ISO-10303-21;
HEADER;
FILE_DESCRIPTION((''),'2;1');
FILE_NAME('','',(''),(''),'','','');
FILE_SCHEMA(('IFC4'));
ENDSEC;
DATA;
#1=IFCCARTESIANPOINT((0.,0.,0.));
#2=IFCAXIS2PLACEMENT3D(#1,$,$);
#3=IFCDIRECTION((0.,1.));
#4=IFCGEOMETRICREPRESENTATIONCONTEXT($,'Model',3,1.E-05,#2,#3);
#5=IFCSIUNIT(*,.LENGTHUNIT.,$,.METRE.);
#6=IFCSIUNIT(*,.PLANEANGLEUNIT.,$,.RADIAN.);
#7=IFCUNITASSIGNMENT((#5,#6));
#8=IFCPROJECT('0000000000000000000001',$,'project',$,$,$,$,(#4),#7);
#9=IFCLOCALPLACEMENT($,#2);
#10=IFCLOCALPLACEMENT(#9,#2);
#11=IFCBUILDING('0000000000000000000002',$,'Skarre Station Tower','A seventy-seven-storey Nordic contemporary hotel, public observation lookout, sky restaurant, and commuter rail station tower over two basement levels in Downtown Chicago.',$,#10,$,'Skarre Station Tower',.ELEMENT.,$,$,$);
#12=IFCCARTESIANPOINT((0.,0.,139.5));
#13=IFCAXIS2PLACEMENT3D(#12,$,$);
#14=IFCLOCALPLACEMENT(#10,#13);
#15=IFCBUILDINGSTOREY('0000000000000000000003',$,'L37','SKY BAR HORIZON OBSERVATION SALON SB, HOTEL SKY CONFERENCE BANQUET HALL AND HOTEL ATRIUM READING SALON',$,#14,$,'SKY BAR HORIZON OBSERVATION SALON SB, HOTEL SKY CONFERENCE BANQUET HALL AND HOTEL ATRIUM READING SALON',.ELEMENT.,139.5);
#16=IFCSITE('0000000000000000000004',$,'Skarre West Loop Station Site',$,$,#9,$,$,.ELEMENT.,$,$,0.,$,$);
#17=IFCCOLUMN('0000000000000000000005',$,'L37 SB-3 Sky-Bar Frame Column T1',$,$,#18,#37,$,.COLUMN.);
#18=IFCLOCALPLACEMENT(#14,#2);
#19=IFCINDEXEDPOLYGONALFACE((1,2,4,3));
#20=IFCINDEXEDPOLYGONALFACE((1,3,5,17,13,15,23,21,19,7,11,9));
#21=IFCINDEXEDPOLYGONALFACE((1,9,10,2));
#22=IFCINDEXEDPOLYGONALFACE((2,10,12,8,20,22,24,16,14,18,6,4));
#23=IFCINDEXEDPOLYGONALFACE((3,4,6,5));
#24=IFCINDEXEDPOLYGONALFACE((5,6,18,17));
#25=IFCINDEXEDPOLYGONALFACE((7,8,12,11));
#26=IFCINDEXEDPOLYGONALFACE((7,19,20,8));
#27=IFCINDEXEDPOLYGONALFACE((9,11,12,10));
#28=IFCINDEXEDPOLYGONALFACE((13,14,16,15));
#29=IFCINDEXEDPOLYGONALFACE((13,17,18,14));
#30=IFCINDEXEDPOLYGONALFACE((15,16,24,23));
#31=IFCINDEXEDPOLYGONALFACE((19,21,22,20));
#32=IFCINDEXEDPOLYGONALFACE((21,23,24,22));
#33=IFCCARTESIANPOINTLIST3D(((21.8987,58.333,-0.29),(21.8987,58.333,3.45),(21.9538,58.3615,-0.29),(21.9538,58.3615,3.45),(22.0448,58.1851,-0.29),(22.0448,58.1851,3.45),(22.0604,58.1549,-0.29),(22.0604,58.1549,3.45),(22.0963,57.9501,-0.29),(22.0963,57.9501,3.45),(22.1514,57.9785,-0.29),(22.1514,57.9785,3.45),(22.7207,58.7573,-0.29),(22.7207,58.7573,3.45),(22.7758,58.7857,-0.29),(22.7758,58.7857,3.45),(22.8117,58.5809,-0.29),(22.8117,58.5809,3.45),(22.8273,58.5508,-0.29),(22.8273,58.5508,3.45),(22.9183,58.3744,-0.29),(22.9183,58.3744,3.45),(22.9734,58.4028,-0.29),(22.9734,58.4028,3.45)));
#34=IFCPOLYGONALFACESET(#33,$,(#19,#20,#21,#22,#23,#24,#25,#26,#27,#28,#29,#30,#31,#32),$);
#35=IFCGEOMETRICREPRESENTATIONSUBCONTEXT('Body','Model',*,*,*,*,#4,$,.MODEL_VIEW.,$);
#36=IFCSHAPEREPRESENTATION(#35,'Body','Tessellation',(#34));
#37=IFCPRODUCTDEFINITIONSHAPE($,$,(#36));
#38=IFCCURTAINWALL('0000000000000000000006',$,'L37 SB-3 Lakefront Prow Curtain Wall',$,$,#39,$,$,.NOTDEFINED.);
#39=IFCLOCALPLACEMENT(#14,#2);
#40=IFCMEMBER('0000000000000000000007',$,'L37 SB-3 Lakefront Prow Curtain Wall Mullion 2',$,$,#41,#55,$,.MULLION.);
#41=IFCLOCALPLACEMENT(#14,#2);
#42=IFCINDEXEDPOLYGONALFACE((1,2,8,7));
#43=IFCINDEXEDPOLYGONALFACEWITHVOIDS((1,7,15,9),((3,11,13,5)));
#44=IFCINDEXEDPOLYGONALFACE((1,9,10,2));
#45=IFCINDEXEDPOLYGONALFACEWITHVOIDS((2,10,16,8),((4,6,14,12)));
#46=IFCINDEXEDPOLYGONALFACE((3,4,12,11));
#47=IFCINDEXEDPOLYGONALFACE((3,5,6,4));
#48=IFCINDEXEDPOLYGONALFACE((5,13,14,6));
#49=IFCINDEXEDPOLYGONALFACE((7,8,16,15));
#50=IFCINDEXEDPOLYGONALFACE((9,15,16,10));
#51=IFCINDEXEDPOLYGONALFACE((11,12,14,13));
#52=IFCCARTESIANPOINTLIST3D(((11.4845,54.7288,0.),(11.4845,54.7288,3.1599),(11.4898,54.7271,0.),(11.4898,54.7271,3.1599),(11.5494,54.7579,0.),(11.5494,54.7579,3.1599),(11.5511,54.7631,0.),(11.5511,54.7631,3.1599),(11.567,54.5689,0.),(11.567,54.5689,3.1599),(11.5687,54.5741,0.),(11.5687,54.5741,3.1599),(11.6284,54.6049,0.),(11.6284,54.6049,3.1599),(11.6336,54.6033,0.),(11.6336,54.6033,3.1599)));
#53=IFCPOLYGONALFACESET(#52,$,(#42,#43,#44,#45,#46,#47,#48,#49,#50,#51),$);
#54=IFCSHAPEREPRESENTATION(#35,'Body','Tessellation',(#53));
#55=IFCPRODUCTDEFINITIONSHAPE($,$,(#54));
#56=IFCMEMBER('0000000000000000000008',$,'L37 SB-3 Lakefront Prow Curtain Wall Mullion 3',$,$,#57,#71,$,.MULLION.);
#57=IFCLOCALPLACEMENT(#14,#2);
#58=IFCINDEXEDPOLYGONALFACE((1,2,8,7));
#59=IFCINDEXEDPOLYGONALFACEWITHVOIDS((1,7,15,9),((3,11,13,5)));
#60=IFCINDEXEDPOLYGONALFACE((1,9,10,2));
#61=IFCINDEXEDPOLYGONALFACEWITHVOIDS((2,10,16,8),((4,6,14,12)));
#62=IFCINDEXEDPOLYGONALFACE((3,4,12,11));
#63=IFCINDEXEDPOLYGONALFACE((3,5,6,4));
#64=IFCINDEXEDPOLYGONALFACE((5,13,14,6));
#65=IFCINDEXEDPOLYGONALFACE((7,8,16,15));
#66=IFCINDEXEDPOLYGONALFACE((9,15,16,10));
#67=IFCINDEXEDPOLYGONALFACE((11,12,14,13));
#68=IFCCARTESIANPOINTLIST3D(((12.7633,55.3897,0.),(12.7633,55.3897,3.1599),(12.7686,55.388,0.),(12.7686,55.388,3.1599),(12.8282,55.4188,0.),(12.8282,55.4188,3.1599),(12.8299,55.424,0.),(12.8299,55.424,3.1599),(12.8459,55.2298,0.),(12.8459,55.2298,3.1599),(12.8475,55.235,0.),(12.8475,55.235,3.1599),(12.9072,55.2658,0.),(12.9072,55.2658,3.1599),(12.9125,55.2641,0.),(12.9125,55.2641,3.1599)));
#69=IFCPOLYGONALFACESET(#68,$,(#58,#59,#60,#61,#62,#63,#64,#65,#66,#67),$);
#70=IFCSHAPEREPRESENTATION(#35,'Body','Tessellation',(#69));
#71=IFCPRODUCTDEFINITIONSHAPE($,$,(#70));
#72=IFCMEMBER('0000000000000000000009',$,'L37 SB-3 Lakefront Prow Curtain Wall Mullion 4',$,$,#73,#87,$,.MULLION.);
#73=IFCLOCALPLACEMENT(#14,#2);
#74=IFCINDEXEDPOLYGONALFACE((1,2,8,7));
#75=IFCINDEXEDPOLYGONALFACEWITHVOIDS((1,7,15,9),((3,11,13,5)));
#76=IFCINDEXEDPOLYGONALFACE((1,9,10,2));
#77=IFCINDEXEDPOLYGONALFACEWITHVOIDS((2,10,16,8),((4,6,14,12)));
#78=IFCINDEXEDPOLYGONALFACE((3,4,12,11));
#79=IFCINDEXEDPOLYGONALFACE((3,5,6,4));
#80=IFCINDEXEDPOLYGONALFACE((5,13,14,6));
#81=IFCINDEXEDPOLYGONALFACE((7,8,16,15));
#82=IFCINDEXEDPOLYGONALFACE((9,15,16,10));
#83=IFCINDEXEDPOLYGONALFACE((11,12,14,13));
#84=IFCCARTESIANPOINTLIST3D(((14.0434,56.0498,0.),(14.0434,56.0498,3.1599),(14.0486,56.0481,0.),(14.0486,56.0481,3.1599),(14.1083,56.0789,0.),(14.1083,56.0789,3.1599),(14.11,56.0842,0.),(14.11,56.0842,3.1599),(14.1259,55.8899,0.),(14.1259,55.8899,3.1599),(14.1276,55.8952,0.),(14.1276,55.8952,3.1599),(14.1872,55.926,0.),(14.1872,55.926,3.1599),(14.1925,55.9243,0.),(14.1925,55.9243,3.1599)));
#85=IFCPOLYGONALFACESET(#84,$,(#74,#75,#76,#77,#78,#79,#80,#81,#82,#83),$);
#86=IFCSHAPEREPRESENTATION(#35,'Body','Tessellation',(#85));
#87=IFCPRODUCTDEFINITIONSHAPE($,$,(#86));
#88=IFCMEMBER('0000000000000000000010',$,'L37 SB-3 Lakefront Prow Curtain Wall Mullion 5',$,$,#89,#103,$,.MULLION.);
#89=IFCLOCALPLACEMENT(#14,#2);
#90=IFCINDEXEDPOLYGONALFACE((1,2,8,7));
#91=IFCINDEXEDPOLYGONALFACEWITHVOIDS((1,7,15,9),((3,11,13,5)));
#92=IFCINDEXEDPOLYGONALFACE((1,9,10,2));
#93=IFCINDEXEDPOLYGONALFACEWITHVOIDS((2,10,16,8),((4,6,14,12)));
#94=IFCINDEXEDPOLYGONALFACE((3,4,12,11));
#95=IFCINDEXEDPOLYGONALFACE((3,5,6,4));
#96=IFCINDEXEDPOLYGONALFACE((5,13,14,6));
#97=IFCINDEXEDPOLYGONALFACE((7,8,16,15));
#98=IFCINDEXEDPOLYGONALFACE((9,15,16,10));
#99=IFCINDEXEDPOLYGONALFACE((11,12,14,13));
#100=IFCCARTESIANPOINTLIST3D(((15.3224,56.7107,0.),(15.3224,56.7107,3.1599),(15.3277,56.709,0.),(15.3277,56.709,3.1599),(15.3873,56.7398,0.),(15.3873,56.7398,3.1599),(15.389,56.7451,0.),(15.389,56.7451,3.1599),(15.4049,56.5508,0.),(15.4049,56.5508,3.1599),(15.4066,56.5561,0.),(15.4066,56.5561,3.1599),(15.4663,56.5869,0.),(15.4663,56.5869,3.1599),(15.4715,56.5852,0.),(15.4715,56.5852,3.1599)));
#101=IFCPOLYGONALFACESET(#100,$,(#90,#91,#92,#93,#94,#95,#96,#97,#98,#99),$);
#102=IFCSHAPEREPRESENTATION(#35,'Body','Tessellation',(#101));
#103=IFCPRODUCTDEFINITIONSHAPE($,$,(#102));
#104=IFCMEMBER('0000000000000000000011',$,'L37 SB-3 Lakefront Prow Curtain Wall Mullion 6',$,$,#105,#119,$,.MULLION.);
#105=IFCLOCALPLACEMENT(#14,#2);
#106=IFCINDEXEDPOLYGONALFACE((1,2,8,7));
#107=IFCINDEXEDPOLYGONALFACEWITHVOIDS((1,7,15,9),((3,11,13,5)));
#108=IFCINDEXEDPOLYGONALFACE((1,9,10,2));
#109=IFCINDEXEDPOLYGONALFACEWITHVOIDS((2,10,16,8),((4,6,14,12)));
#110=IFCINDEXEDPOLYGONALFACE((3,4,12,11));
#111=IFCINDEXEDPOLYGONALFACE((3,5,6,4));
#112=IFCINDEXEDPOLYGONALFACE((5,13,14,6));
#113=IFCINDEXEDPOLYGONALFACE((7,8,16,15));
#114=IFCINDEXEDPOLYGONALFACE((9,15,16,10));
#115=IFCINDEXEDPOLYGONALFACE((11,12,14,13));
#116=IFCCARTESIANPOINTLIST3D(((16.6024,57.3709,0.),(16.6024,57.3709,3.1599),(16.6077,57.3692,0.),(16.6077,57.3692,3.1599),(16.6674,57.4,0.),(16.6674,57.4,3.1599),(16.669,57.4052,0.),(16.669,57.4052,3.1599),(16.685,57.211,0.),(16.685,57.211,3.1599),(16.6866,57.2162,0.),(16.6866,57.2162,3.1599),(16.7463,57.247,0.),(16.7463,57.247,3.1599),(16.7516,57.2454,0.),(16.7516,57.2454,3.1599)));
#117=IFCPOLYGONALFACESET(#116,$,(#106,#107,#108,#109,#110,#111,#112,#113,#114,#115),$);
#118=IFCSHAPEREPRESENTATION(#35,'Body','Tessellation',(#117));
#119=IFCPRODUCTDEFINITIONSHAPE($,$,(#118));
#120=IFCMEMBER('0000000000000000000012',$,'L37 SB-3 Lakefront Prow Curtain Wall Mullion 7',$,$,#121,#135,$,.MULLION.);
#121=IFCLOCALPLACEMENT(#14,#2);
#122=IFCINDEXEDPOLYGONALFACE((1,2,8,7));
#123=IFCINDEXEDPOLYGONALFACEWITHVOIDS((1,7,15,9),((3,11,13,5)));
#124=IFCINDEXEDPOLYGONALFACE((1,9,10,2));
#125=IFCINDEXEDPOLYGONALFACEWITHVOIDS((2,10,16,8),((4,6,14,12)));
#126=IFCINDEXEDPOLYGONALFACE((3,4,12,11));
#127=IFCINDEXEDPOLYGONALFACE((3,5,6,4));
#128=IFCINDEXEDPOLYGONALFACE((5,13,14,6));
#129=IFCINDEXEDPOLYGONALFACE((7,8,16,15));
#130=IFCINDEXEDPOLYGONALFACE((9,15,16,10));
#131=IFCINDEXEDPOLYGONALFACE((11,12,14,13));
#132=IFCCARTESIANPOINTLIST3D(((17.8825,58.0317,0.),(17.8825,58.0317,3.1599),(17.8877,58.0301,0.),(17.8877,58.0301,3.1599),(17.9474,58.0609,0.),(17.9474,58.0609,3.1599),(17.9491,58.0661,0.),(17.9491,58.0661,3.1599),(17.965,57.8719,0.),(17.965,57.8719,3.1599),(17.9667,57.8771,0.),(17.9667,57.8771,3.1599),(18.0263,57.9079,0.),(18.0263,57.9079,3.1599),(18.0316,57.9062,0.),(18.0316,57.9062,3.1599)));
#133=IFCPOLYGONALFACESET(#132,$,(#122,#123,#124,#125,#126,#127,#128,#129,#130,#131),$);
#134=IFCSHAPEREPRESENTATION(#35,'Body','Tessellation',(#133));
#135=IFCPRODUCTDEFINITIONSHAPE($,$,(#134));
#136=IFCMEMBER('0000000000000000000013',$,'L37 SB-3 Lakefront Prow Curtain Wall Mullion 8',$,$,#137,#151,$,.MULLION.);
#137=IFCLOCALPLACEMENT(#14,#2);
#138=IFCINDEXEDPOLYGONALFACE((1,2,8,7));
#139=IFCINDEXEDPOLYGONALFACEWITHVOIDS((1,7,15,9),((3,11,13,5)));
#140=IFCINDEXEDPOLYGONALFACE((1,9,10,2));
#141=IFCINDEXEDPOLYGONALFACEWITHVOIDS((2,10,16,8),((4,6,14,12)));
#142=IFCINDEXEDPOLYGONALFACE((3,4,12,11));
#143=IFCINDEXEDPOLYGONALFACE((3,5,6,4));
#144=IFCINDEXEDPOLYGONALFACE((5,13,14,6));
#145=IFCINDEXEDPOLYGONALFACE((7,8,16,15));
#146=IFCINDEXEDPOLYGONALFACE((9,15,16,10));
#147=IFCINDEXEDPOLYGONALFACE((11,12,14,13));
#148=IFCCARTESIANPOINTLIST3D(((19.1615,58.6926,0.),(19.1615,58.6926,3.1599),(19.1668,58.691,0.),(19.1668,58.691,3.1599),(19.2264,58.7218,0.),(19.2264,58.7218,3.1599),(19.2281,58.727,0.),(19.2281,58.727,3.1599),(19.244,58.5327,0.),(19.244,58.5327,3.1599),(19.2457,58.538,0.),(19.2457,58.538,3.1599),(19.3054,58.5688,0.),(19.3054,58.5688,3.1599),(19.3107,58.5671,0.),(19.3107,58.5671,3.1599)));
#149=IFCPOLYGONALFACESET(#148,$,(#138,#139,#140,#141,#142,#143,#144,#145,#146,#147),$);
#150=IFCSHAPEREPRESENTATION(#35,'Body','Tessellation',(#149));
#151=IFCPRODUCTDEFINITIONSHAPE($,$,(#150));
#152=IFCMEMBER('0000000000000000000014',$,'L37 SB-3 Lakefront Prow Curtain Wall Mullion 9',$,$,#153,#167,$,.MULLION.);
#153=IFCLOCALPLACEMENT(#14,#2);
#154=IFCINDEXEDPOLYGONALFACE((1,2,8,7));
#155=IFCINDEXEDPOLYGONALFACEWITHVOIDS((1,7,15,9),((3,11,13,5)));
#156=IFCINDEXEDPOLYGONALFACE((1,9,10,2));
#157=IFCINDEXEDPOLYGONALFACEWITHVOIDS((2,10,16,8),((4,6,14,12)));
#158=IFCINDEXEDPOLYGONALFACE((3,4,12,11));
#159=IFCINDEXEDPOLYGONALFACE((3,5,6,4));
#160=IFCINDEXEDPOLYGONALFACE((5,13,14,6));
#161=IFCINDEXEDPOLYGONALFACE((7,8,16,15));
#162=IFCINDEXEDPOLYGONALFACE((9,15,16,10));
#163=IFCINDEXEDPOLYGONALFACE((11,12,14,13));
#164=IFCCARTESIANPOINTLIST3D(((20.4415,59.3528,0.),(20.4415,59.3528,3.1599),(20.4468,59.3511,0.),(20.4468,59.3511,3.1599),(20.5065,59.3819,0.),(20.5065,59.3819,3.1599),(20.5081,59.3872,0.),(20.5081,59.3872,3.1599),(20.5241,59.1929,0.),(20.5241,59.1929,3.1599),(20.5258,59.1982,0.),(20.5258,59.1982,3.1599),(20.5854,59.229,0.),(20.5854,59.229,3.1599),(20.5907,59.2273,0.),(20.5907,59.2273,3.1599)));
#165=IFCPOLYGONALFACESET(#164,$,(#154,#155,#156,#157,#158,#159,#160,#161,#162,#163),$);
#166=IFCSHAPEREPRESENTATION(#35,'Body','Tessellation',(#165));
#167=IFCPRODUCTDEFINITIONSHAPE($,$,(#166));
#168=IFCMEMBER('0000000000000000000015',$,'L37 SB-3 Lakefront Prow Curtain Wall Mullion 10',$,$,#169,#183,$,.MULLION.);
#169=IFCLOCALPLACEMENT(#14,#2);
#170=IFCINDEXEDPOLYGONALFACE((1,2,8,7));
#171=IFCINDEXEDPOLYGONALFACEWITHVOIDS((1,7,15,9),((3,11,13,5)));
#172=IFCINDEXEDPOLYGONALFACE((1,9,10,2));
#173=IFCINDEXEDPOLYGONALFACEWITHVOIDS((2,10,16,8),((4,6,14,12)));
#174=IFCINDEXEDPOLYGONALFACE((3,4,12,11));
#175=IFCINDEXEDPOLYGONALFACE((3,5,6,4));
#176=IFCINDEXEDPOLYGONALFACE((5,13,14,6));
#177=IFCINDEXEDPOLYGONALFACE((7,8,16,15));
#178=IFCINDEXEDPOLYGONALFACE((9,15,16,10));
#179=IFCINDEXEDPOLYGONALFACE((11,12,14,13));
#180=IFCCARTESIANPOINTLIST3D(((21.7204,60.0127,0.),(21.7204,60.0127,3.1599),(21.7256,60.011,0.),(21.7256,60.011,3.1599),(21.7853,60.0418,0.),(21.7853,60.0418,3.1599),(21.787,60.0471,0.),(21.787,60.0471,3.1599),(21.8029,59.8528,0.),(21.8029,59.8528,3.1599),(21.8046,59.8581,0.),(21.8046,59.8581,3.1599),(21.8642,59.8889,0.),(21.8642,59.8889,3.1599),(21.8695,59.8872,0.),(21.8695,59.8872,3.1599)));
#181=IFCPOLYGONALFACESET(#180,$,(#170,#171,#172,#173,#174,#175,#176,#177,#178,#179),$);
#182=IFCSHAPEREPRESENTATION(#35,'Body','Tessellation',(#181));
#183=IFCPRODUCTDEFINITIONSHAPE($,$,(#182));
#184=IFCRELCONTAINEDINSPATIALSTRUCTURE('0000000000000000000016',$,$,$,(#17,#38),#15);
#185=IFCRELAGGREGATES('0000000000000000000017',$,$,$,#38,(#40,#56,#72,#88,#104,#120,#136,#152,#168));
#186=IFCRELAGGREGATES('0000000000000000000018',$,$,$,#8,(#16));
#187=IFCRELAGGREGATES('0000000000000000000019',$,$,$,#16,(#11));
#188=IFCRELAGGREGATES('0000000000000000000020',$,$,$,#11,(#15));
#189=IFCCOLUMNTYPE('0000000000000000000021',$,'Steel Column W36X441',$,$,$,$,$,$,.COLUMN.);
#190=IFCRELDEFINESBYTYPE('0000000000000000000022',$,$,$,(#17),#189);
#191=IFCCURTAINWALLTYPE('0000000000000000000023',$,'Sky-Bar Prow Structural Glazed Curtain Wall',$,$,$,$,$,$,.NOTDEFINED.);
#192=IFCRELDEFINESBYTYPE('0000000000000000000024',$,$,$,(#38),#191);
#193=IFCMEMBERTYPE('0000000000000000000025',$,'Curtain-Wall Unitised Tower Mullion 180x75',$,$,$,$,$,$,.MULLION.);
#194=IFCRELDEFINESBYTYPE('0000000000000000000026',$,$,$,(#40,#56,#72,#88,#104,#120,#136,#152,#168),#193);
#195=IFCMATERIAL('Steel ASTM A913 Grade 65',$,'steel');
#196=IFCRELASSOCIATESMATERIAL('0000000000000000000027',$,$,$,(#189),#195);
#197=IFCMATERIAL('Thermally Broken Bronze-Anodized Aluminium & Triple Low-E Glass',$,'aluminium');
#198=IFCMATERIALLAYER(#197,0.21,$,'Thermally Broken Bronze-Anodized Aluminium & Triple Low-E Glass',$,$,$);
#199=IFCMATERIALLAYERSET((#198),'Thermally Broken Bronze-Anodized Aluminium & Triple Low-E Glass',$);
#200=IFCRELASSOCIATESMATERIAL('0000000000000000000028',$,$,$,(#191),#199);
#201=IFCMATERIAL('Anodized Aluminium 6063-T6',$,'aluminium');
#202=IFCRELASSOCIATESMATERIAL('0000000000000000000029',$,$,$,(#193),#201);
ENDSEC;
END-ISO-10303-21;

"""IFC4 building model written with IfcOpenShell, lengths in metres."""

from ifc_helpers import new_model, si_unit, direction, frame, origin, origin_2d, place, context, subcontext, project, spatial, hollow_rectangle, i_section, extrude, material, layer, layer_set, material_profile, profile_set, type_object, element, aggregate, save


model = new_model("IFC4")

# Units and contexts
model_context = context("Model", 3, precision=1e-05, world=origin(), true_north=direction((0.0, 1.0)))
body_context = subcontext(model_context, "Body", "Model", "MODEL_VIEW")
ifc_project = project(units=[si_unit("LENGTHUNIT", "METRE"), si_unit("PLANEANGLEUNIT", "RADIAN")], contexts=[model_context])

# Site, building, storey
site_placement = place(None, origin())
site = spatial("IfcSite", under=ifc_project, at=site_placement, Name="Skarre West Loop Station Site", CompositionType="ELEMENT", RefElevation=0.0)
building_placement = place(site_placement, origin())
building = spatial("IfcBuilding", under=site, at=building_placement, Name="Skarre Station Tower", Description="A seventy-seven-storey Nordic contemporary hotel, public observation lookout, sky restaurant, and commuter rail station tower over two basement levels in Downtown Chicago.", LongName="Skarre Station Tower", CompositionType="ELEMENT")
storey_placement = place(building_placement, frame((0.0, 0.0, 139.5)))
storey = spatial("IfcBuildingStorey", under=building, at=storey_placement, Name="L37", Description="SKY BAR HORIZON OBSERVATION SALON SB, HOTEL SKY CONFERENCE BANQUET HALL AND HOTEL ATRIUM READING SALON", LongName="SKY BAR HORIZON OBSERVATION SALON SB, HOTEL SKY CONFERENCE BANQUET HALL AND HOTEL ATRIUM READING SALON", CompositionType="ELEMENT", Elevation=139.5)

# Column
ifc_material_1 = material(Name="Steel ASTM A913 Grade 65", Category="steel")
ifc_material_profile_1 = material_profile(ifc_material_1, i_section(OverallWidth=0.4309, OverallDepth=0.9871, WebThickness=0.0339, FlangeThickness=0.062, at=origin_2d()), Name="Steel ASTM A913 Grade 65")
ifc_profile_set_1 = profile_set([ifc_material_profile_1], Name="Steel ASTM A913 Grade 65")
column_type = type_object("IfcColumnType", Name="Steel Column W36X441", PredefinedType="COLUMN", material=ifc_profile_set_1)
column_placement = place(storey_placement, frame((22.436, 58.3679, -0.29), z_axis=(0.0, 0.0, 1.0), x_axis=(-0.45865, 0.888617, 0.0)))
element("IfcColumn", 1, at=column_placement, inside=storey, type_object=column_type, Name="L37 SB-3 Sky-Bar Frame Column T1", PredefinedType="COLUMN", context=body_context, shape_type="SweptSolid", body=[
    extrude(i_section(OverallWidth=0.4309, OverallDepth=0.9871, WebThickness=0.0339, FlangeThickness=0.062, at=origin_2d()), origin(), (0.0, 0.0, 1.0), 3.74),
])

# Curtain wall, members
ifc_material_2 = material(Name="Thermally Broken Bronze-Anodized Aluminium & Triple Low-E Glass", Category="aluminium")
ifc_layer_1 = layer(ifc_material_2, 0.21, Name="Thermally Broken Bronze-Anodized Aluminium & Triple Low-E Glass")
ifc_layer_set_1 = layer_set([ifc_layer_1], Name="Thermally Broken Bronze-Anodized Aluminium & Triple Low-E Glass")
curtain_wall_type = type_object("IfcCurtainWallType", Name="Sky-Bar Prow Structural Glazed Curtain Wall", PredefinedType="NOTDEFINED", material=ifc_layer_set_1)
curtain_wall_placement = place(storey_placement, origin())
curtain_wall = element("IfcCurtainWall", 2, at=curtain_wall_placement, inside=storey, type_object=curtain_wall_type, Name="L37 SB-3 Lakefront Prow Curtain Wall", PredefinedType="NOTDEFINED")
ifc_material_3 = material(Name="Anodized Aluminium 6063-T6", Category="aluminium")
ifc_material_profile_2 = material_profile(ifc_material_3, hollow_rectangle(XDim=0.075, YDim=0.1799, WallThickness=0.0039, at=origin_2d()), Name="Anodized Aluminium 6063-T6")
ifc_profile_set_2 = profile_set([ifc_material_profile_2], Name="Anodized Aluminium 6063-T6")
member_type = type_object("IfcMemberType", Name="Curtain-Wall Unitised Tower Mullion 180x75", PredefinedType="MULLION", material=ifc_profile_set_2)
member_1_placement = place(storey_placement, frame((11.5591, 54.666, 0.0), z_axis=(0.0, 0.0, 1.0), x_axis=(0.888601, 0.458681, 0.0)))
member_1 = element("IfcMember", 3, at=member_1_placement, type_object=member_type, Name="L37 SB-3 Lakefront Prow Curtain Wall Mullion 2", PredefinedType="MULLION", context=body_context, shape_type="SweptSolid", body=[
    extrude(hollow_rectangle(XDim=0.075, YDim=0.1799, WallThickness=0.0039, at=origin_2d()), origin(), (0.0, 0.0, 1.0), 3.1599),
])
member_2_placement = place(storey_placement, frame((12.8379, 55.3269, 0.0), z_axis=(0.0, 0.0, 1.0), x_axis=(0.888601, 0.458681, 0.0)))
member_2 = element("IfcMember", 4, at=member_2_placement, type_object=member_type, Name="L37 SB-3 Lakefront Prow Curtain Wall Mullion 3", PredefinedType="MULLION", context=body_context, shape_type="SweptSolid", body=[
    extrude(hollow_rectangle(XDim=0.075, YDim=0.1799, WallThickness=0.0039, at=origin_2d()), origin(), (0.0, 0.0, 1.0), 3.1599),
])
member_3_placement = place(storey_placement, frame((14.1179, 55.9871, 0.0), z_axis=(0.0, 0.0, 1.0), x_axis=(0.888601, 0.458681, 0.0)))
member_3 = element("IfcMember", 5, at=member_3_placement, type_object=member_type, Name="L37 SB-3 Lakefront Prow Curtain Wall Mullion 4", PredefinedType="MULLION", context=body_context, shape_type="SweptSolid", body=[
    extrude(hollow_rectangle(XDim=0.075, YDim=0.1799, WallThickness=0.0039, at=origin_2d()), origin(), (0.0, 0.0, 1.0), 3.1599),
])
member_4_placement = place(storey_placement, frame((15.397, 56.6479, 0.0), z_axis=(0.0, 0.0, 1.0), x_axis=(0.888601, 0.458681, 0.0)))
member_4 = element("IfcMember", 6, at=member_4_placement, type_object=member_type, Name="L37 SB-3 Lakefront Prow Curtain Wall Mullion 5", PredefinedType="MULLION", context=body_context, shape_type="SweptSolid", body=[
    extrude(hollow_rectangle(XDim=0.075, YDim=0.1799, WallThickness=0.0039, at=origin_2d()), origin(), (0.0, 0.0, 1.0), 3.1599),
])
member_5_placement = place(storey_placement, frame((16.677, 57.3081, 0.0), z_axis=(0.0, 0.0, 1.0), x_axis=(0.888601, 0.458681, 0.0)))
member_5 = element("IfcMember", 7, at=member_5_placement, type_object=member_type, Name="L37 SB-3 Lakefront Prow Curtain Wall Mullion 6", PredefinedType="MULLION", context=body_context, shape_type="SweptSolid", body=[
    extrude(hollow_rectangle(XDim=0.075, YDim=0.1799, WallThickness=0.0039, at=origin_2d()), origin(), (0.0, 0.0, 1.0), 3.1599),
])
member_6_placement = place(storey_placement, frame((17.957, 57.969, 0.0), z_axis=(0.0, 0.0, 1.0), x_axis=(0.888601, 0.458681, 0.0)))
member_6 = element("IfcMember", 8, at=member_6_placement, type_object=member_type, Name="L37 SB-3 Lakefront Prow Curtain Wall Mullion 7", PredefinedType="MULLION", context=body_context, shape_type="SweptSolid", body=[
    extrude(hollow_rectangle(XDim=0.075, YDim=0.1799, WallThickness=0.0039, at=origin_2d()), origin(), (0.0, 0.0, 1.0), 3.1599),
])
member_7_placement = place(storey_placement, frame((19.2361, 58.6299, 0.0), z_axis=(0.0, 0.0, 1.0), x_axis=(0.888601, 0.458681, 0.0)))
member_7 = element("IfcMember", 9, at=member_7_placement, type_object=member_type, Name="L37 SB-3 Lakefront Prow Curtain Wall Mullion 8", PredefinedType="MULLION", context=body_context, shape_type="SweptSolid", body=[
    extrude(hollow_rectangle(XDim=0.075, YDim=0.1799, WallThickness=0.0039, at=origin_2d()), origin(), (0.0, 0.0, 1.0), 3.1599),
])
member_8_placement = place(storey_placement, frame((20.5161, 59.29, 0.0), z_axis=(0.0, 0.0, 1.0), x_axis=(0.888601, 0.458681, 0.0)))
member_8 = element("IfcMember", 10, at=member_8_placement, type_object=member_type, Name="L37 SB-3 Lakefront Prow Curtain Wall Mullion 9", PredefinedType="MULLION", context=body_context, shape_type="SweptSolid", body=[
    extrude(hollow_rectangle(XDim=0.075, YDim=0.1799, WallThickness=0.0039, at=origin_2d()), origin(), (0.0, 0.0, 1.0), 3.1599),
])
member_9_placement = place(storey_placement, frame((21.7949, 59.95, 0.0), z_axis=(0.0, 0.0, 1.0), x_axis=(0.888601, 0.458681, 0.0)))
member_9 = element("IfcMember", 11, at=member_9_placement, type_object=member_type, Name="L37 SB-3 Lakefront Prow Curtain Wall Mullion 10", PredefinedType="MULLION", context=body_context, shape_type="SweptSolid", body=[
    extrude(hollow_rectangle(XDim=0.075, YDim=0.1799, WallThickness=0.0039, at=origin_2d()), origin(), (0.0, 0.0, 1.0), 3.1599),
])

aggregate(curtain_wall, [member_1, member_2, member_3, member_4, member_5, member_6, member_7, member_8, member_9])

save(model, "model.ifc")
